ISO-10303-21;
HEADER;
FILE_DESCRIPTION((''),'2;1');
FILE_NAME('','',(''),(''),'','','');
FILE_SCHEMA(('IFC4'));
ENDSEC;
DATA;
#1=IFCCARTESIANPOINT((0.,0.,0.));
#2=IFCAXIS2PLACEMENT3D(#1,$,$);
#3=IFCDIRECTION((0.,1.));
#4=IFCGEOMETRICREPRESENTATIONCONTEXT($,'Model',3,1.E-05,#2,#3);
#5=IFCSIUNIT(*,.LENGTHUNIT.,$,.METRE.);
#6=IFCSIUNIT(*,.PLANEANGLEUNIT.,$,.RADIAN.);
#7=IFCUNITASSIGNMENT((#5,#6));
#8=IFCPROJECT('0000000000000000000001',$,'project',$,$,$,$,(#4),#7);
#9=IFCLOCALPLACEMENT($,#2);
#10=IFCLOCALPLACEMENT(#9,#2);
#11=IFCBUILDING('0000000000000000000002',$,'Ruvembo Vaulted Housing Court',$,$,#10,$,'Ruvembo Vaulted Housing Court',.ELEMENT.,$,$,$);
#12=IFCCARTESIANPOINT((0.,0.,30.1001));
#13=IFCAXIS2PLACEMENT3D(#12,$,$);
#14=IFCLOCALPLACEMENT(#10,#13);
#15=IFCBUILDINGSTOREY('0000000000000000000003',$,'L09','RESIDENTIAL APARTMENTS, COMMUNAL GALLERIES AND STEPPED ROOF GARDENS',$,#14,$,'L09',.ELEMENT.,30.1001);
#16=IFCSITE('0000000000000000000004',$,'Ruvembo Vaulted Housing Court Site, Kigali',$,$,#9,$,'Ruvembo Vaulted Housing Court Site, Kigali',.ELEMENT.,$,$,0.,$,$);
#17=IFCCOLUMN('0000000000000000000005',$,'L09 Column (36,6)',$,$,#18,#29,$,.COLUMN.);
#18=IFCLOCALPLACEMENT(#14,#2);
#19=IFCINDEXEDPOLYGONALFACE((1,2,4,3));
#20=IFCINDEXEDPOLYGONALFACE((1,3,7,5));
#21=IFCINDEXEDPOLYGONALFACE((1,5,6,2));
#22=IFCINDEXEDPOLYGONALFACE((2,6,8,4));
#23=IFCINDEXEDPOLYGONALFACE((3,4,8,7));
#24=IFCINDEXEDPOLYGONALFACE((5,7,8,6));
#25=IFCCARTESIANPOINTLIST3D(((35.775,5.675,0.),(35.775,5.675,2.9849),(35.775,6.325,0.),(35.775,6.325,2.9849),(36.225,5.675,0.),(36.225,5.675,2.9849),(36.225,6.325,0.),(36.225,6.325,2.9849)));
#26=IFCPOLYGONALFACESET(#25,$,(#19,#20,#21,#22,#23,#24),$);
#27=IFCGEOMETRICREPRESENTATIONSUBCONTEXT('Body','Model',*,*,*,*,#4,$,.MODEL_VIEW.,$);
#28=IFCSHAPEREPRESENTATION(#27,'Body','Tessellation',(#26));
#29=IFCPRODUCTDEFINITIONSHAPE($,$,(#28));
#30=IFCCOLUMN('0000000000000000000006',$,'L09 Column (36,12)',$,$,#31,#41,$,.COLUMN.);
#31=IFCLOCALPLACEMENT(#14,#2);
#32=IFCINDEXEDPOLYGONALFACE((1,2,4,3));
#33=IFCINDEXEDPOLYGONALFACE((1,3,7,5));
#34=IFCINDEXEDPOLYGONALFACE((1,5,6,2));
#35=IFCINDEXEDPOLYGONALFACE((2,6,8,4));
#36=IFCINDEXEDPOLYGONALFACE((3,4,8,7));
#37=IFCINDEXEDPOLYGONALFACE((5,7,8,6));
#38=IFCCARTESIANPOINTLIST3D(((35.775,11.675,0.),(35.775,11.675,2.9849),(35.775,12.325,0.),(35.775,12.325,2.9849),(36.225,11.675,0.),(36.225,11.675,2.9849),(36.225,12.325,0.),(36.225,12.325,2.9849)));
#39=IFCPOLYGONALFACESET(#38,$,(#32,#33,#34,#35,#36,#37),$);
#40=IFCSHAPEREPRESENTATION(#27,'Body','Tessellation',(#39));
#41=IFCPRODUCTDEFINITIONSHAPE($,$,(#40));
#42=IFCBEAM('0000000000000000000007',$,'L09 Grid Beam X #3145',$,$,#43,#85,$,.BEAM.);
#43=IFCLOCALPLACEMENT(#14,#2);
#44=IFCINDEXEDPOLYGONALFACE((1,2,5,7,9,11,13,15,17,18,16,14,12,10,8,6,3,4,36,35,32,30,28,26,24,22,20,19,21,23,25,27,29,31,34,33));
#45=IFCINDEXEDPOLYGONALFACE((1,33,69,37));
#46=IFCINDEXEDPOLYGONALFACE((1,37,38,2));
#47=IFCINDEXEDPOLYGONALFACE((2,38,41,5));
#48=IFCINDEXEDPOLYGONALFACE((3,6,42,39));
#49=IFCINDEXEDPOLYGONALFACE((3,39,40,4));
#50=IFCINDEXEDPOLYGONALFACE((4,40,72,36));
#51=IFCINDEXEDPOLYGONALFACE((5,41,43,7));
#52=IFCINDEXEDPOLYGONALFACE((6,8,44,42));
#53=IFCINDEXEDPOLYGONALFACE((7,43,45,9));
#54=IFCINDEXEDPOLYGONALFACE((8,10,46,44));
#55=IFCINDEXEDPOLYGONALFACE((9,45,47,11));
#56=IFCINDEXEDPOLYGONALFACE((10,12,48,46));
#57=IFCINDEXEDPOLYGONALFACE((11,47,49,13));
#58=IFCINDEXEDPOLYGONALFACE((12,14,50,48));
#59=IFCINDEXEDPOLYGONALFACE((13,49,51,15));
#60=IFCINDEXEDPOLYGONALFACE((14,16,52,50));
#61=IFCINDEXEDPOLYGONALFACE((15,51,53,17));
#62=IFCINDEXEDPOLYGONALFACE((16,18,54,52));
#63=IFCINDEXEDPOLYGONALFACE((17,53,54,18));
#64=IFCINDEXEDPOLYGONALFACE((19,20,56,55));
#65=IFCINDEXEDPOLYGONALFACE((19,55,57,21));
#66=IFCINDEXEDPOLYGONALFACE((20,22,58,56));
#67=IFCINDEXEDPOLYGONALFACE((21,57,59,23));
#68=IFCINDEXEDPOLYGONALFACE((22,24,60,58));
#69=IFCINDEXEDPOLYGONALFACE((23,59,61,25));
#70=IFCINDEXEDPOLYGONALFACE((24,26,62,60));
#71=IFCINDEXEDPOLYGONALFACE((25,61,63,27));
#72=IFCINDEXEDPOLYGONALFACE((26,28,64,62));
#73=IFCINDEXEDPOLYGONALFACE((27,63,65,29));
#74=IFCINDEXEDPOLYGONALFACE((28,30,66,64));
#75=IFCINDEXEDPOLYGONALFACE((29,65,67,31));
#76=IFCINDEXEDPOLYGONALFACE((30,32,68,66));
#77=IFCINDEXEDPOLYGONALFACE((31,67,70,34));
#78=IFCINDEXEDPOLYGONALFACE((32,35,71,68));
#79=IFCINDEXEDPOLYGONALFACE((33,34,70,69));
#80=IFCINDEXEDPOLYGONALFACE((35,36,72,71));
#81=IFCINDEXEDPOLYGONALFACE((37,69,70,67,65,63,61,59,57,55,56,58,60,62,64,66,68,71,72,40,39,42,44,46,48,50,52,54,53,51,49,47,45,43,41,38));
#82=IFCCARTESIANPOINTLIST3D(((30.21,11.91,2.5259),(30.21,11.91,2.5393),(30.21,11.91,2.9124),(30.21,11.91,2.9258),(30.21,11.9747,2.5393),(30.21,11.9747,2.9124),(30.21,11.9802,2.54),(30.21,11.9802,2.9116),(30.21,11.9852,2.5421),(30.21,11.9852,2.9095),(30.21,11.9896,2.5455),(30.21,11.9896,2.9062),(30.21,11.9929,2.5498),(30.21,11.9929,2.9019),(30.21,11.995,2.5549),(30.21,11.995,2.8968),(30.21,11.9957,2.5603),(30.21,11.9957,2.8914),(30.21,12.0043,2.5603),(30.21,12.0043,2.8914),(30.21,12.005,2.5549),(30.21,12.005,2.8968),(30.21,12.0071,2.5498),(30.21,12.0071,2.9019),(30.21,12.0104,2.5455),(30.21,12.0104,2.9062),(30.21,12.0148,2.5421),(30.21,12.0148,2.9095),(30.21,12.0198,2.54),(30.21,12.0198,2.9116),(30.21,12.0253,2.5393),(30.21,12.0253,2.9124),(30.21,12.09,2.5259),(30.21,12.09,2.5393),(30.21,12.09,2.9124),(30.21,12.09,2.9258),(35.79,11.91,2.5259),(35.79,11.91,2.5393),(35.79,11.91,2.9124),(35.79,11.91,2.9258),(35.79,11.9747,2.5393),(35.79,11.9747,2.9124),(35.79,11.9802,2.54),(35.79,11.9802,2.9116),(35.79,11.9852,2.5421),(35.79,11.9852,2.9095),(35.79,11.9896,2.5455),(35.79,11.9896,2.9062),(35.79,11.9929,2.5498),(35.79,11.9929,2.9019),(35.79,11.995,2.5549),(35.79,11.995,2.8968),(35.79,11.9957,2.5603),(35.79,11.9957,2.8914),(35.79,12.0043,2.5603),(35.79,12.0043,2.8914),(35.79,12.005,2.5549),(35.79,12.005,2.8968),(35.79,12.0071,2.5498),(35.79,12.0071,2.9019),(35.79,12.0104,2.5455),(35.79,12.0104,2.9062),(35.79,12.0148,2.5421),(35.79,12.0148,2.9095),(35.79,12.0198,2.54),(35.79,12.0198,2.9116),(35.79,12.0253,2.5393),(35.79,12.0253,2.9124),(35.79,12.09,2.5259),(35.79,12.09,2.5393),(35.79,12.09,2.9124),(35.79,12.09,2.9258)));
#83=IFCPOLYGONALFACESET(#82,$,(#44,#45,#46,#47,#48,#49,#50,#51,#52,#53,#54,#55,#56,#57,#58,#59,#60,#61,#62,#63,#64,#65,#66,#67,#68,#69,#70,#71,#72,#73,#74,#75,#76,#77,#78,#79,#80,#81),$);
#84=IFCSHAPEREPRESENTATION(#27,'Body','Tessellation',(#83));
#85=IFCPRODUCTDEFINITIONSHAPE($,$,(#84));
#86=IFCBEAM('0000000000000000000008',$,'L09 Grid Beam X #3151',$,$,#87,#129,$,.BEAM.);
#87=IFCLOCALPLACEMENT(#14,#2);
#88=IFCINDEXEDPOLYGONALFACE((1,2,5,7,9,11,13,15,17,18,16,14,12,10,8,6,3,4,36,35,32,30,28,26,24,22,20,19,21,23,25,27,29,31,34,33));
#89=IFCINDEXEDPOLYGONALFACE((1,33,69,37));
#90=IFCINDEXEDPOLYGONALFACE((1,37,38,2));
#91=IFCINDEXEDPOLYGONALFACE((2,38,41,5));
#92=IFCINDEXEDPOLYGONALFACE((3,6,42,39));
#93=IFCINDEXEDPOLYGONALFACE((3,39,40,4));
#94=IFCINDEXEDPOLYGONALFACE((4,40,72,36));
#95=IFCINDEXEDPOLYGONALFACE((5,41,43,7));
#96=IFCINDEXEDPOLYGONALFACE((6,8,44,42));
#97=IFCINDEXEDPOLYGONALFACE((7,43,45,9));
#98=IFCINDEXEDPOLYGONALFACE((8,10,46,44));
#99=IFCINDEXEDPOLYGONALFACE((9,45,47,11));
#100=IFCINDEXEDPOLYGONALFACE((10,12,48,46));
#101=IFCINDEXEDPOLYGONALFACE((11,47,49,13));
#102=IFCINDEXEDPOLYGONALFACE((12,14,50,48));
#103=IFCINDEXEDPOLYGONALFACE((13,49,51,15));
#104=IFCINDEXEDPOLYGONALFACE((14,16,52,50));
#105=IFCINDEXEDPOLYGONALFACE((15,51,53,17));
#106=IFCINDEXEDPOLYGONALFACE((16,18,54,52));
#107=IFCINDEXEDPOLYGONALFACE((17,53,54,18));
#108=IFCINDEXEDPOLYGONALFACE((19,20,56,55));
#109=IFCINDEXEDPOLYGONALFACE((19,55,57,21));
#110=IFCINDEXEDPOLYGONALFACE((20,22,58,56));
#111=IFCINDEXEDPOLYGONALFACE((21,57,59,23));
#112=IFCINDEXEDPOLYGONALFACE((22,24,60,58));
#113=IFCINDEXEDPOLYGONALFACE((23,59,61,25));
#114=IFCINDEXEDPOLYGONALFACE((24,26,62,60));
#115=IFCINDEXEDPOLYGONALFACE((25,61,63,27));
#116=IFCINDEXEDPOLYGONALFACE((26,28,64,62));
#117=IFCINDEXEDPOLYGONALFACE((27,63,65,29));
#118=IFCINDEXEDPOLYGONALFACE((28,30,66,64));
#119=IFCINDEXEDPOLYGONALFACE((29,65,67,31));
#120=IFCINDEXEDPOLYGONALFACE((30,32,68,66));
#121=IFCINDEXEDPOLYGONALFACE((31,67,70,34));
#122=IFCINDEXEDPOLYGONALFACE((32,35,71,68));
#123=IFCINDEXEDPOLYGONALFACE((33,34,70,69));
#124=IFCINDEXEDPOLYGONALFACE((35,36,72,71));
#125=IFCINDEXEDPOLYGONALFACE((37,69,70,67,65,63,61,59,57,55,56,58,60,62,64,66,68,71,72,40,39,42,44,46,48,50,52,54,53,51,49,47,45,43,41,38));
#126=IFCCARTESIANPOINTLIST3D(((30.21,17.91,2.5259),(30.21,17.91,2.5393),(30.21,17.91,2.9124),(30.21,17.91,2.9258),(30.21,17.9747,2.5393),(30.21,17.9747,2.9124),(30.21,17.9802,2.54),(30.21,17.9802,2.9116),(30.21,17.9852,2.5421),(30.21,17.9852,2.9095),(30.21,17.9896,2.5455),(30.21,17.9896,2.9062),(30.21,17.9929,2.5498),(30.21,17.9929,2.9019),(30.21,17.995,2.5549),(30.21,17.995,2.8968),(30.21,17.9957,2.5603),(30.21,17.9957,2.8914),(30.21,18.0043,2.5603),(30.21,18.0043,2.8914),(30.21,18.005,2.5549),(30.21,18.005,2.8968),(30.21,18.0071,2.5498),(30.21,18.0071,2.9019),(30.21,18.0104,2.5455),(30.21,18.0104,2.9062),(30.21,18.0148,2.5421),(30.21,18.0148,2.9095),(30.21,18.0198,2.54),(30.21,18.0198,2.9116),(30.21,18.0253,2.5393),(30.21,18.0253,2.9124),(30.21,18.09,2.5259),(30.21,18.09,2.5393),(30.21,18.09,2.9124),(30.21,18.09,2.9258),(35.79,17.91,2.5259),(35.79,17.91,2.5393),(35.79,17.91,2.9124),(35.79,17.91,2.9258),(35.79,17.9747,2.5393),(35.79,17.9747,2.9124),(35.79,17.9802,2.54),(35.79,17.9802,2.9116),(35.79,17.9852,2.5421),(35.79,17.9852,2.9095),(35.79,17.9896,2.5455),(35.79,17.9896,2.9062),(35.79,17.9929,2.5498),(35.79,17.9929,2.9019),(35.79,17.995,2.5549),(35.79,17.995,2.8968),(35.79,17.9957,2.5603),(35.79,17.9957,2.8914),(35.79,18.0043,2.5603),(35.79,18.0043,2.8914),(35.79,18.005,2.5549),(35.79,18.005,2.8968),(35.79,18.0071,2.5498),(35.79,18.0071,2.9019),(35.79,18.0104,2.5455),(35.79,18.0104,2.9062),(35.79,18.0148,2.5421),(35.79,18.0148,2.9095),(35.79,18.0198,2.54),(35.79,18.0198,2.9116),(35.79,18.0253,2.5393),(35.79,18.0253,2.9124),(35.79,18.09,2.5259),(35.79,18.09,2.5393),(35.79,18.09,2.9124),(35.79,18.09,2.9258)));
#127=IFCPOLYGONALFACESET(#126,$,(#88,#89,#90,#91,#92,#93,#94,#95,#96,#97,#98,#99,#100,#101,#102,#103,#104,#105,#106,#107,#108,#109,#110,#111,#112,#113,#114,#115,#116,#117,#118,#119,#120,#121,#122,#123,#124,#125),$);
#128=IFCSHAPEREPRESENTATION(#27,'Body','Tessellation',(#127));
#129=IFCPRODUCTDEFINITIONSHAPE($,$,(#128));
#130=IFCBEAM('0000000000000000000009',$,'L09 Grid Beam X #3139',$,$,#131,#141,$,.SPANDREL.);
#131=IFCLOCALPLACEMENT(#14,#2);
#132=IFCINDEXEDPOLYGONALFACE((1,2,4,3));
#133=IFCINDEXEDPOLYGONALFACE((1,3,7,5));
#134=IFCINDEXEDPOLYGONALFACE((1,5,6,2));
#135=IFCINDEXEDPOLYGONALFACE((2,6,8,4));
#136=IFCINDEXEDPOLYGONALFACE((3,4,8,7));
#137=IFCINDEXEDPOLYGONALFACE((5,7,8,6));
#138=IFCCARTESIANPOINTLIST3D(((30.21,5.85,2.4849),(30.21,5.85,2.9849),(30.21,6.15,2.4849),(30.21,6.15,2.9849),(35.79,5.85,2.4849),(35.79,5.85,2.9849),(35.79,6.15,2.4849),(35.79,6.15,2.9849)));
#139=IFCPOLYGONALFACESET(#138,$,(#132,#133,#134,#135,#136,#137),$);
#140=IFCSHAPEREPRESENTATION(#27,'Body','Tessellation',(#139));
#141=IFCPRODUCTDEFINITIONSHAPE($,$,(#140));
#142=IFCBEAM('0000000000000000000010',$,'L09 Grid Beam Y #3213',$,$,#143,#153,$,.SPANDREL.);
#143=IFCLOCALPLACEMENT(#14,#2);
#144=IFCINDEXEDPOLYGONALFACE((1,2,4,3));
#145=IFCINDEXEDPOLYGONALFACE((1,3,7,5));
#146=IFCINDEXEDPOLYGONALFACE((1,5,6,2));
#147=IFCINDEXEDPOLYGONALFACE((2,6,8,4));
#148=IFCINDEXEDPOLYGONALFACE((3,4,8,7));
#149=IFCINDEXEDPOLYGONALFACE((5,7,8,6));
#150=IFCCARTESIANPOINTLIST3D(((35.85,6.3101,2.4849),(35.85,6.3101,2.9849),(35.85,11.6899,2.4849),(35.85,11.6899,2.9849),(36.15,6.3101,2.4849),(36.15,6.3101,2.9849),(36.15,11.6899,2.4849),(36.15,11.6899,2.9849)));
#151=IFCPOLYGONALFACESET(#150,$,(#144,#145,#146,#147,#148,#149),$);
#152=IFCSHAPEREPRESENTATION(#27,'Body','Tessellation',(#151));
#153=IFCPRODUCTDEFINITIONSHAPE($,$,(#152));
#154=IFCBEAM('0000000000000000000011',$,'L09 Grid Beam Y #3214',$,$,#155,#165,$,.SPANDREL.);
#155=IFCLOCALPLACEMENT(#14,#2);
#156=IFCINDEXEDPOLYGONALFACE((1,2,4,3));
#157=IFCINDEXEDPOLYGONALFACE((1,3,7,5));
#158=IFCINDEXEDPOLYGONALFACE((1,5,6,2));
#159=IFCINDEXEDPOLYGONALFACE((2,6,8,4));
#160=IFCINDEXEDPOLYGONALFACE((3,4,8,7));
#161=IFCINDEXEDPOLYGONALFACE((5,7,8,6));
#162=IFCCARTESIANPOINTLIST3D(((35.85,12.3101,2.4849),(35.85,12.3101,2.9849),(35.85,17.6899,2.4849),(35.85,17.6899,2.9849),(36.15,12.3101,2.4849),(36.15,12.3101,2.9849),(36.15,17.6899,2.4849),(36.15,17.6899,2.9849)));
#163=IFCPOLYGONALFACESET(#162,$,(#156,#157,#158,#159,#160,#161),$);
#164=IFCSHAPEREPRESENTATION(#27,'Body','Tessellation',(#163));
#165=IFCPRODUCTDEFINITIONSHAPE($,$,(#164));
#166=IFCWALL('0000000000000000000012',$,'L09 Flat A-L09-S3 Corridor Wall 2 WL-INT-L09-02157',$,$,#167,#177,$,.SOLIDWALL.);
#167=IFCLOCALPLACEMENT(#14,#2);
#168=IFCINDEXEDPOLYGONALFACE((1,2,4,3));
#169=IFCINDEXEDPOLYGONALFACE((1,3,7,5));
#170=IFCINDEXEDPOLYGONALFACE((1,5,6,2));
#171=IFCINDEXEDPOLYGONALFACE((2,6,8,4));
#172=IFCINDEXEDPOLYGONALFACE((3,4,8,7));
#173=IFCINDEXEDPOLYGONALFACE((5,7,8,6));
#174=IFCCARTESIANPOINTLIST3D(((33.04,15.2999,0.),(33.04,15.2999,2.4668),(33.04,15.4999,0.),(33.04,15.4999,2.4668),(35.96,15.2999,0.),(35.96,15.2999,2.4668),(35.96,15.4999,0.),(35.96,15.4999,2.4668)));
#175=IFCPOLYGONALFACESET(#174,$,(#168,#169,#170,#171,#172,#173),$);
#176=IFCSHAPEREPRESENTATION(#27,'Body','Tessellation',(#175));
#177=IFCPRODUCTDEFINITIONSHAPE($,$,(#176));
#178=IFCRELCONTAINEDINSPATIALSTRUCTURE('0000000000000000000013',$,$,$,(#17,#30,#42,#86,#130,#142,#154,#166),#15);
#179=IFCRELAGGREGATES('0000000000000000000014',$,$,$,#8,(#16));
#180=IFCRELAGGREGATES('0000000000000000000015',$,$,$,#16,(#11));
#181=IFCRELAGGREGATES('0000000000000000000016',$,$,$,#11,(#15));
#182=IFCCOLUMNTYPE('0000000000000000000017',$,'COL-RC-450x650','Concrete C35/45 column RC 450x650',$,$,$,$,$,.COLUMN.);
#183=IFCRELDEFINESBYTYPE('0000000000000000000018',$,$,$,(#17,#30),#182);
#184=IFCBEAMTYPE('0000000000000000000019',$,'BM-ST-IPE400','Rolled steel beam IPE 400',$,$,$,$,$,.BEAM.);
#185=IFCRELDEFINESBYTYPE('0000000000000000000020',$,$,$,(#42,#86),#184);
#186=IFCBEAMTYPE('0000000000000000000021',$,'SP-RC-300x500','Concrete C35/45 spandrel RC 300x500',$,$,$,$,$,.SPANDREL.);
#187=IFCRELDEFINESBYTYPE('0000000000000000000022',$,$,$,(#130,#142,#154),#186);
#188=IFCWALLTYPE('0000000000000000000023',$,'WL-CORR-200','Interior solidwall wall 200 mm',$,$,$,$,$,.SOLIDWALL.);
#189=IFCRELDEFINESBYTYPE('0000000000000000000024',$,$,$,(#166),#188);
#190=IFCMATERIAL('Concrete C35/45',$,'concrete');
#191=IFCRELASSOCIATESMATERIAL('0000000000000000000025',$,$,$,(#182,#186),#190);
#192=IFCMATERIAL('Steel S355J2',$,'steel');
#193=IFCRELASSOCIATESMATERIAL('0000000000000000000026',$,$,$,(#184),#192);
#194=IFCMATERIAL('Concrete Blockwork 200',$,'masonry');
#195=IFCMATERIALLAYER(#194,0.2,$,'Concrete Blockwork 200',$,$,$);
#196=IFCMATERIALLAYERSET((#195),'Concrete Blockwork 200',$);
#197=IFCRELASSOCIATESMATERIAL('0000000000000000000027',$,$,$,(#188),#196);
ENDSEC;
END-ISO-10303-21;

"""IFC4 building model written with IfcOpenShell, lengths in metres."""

from ifc_helpers import new_model, si_unit, direction, frame, frame_2d, origin, origin_2d, place, context, subcontext, project, spatial, rectangle, i_section, extrude, material, layer, layer_set, material_profile, profile_set, type_object, element, save


model = new_model("IFC4")

# Units and contexts
model_context = context("Model", 3, precision=1e-05, world=origin(), true_north=direction((0.0, 1.0)))
body_context = subcontext(model_context, "Body", "Model", "MODEL_VIEW")
ifc_project = project(units=[si_unit("LENGTHUNIT", "METRE"), si_unit("PLANEANGLEUNIT", "RADIAN")], contexts=[model_context])

# Site, building, storey
site_placement = place(None, origin())
site = spatial("IfcSite", under=ifc_project, at=site_placement, Name="Ruvembo Vaulted Housing Court Site, Kigali", LongName="Ruvembo Vaulted Housing Court Site, Kigali", CompositionType="ELEMENT", RefElevation=0.0)
building_placement = place(site_placement, origin())
building = spatial("IfcBuilding", under=site, at=building_placement, Name="Ruvembo Vaulted Housing Court", LongName="Ruvembo Vaulted Housing Court", CompositionType="ELEMENT")
storey_placement = place(building_placement, frame((0.0, 0.0, 30.1001)))
storey = spatial("IfcBuildingStorey", under=building, at=storey_placement, Name="L09", Description="RESIDENTIAL APARTMENTS, COMMUNAL GALLERIES AND STEPPED ROOF GARDENS", LongName="L09", CompositionType="ELEMENT", Elevation=30.1001)

# Columns
ifc_material_1 = material(Name="Concrete C35/45", Category="concrete")
ifc_material_profile_1 = material_profile(ifc_material_1, rectangle(XDim=0.45, YDim=0.6499, at=origin_2d()), Name="RC 450x650")
ifc_profile_set_1 = profile_set([ifc_material_profile_1], Name="Concrete C35/45")
column_type = type_object("IfcColumnType", Name="COL-RC-450x650", Description="Concrete C35/45 column RC 450x650", PredefinedType="COLUMN", material=ifc_profile_set_1)
for number, where, z_axis, x_axis, name in (
    (1, (36.0, 6.0, 0.0), (0.0, 0.0, 1.0), (1.0, 0.0, 0.0), "L09 Column (36,6)"),
    (2, (36.0, 12.0, 0.0), (0.0, 0.0, 1.0), (1.0, 0.0, 0.0), "L09 Column (36,12)"),
):
    element("IfcColumn", number, at=place(storey_placement, frame(where, z_axis=z_axis, x_axis=x_axis)), inside=storey, type_object=column_type, Name=name, PredefinedType="COLUMN", context=body_context, shape_type="SweptSolid", body=[
        extrude(rectangle(XDim=0.45, YDim=0.6499, at=origin_2d()), origin(), (0.0, 0.0, 1.0), 2.9849),
    ])

# Beams
ifc_material_2 = material(Name="Steel S355J2", Category="steel")
ifc_material_profile_2 = material_profile(ifc_material_2, i_section(OverallWidth=0.1799, OverallDepth=0.3999, WebThickness=0.0085, FlangeThickness=0.0134, FilletRadius=0.021, at=origin_2d()), Name="IPE 400")
ifc_profile_set_2 = profile_set([ifc_material_profile_2], Name="Steel S355J2")
beam_type_1 = type_object("IfcBeamType", Name="BM-ST-IPE400", Description="Rolled steel beam IPE 400", PredefinedType="BEAM", material=ifc_profile_set_2)
for number, where, z_axis, x_axis, name in (
    (3, (30.21, 12.0, 2.7258), (1.0, 0.0, 0.0), (0.0, 1.0, 0.0), "L09 Grid Beam X #3145"),
    (4, (30.21, 18.0, 2.7258), (1.0, 0.0, 0.0), (0.0, 1.0, 0.0), "L09 Grid Beam X #3151"),
):
    element("IfcBeam", number, at=place(storey_placement, frame(where, z_axis=z_axis, x_axis=x_axis)), inside=storey, type_object=beam_type_1, Name=name, PredefinedType="BEAM", context=body_context, shape_type="SweptSolid", body=[
        extrude(i_section(OverallWidth=0.1799, OverallDepth=0.3999, WebThickness=0.0085, FlangeThickness=0.0134, FilletRadius=0.021, at=origin_2d()), origin(), (0.0, 0.0, 1.0), 5.5801),
    ])
ifc_material_profile_3 = material_profile(ifc_material_1, rectangle(XDim=0.3, YDim=0.5, at=origin_2d()), Name="RC 300x500")
ifc_profile_set_3 = profile_set([ifc_material_profile_3], Name="Concrete C35/45")
beam_type_2 = type_object("IfcBeamType", Name="SP-RC-300x500", Description="Concrete C35/45 spandrel RC 300x500", PredefinedType="SPANDREL", material=ifc_profile_set_3)
beam_placement = place(storey_placement, frame((30.21, 6.0, 2.7349), z_axis=(1.0, 0.0, 0.0), x_axis=(0.0, 1.0, 0.0)))
element("IfcBeam", 5, at=beam_placement, inside=storey, type_object=beam_type_2, Name="L09 Grid Beam X #3139", PredefinedType="SPANDREL", context=body_context, shape_type="SweptSolid", body=[
    extrude(rectangle(XDim=0.3, YDim=0.5, at=origin_2d()), origin(), (0.0, 0.0, 1.0), 5.5801),
])
for number, where, z_axis, x_axis, name in (
    (6, (36.0, 6.3101, 2.7349), (0.0, 1.0, 0.0), (-1.0, 0.0, 0.0), "L09 Grid Beam Y #3213"),
    (7, (36.0, 12.3101, 2.7349), (0.0, 1.0, 0.0), (-1.0, 0.0, 0.0), "L09 Grid Beam Y #3214"),
):
    element("IfcBeam", number, at=place(storey_placement, frame(where, z_axis=z_axis, x_axis=x_axis)), inside=storey, type_object=beam_type_2, Name=name, PredefinedType="SPANDREL", context=body_context, shape_type="SweptSolid", body=[
        extrude(rectangle(XDim=0.3, YDim=0.5, at=origin_2d()), origin(), (0.0, 0.0, 1.0), 5.3799),
    ])

# Wall
ifc_material_3 = material(Name="Concrete Blockwork 200", Category="masonry")
ifc_layer_1 = layer(ifc_material_3, 0.2, Name="Concrete Blockwork 200")
ifc_layer_set_1 = layer_set([ifc_layer_1], Name="Concrete Blockwork 200")
wall_type_1 = type_object("IfcWallType", Name="WL-CORR-200", Description="Interior solidwall wall 200 mm", PredefinedType="SOLIDWALL", material=ifc_layer_set_1)
wall_1_placement = place(storey_placement, frame((33.04, 15.3999, 0.0), z_axis=(0.0, 0.0, 1.0), x_axis=(1.0, 0.0, 0.0)))
element("IfcWall", 8, at=wall_1_placement, inside=storey, type_object=wall_type_1, Name="L09 Flat A-L09-S3 Corridor Wall 2 WL-INT-L09-02157", PredefinedType="SOLIDWALL", context=body_context, shape_type="SweptSolid", body=[
    extrude(rectangle(XDim=2.9199, YDim=0.2, at=frame_2d((1.46, 0.0))), origin(), (0.0, 0.0, 1.0), 2.4668),
])

save(model, "model.ifc")
